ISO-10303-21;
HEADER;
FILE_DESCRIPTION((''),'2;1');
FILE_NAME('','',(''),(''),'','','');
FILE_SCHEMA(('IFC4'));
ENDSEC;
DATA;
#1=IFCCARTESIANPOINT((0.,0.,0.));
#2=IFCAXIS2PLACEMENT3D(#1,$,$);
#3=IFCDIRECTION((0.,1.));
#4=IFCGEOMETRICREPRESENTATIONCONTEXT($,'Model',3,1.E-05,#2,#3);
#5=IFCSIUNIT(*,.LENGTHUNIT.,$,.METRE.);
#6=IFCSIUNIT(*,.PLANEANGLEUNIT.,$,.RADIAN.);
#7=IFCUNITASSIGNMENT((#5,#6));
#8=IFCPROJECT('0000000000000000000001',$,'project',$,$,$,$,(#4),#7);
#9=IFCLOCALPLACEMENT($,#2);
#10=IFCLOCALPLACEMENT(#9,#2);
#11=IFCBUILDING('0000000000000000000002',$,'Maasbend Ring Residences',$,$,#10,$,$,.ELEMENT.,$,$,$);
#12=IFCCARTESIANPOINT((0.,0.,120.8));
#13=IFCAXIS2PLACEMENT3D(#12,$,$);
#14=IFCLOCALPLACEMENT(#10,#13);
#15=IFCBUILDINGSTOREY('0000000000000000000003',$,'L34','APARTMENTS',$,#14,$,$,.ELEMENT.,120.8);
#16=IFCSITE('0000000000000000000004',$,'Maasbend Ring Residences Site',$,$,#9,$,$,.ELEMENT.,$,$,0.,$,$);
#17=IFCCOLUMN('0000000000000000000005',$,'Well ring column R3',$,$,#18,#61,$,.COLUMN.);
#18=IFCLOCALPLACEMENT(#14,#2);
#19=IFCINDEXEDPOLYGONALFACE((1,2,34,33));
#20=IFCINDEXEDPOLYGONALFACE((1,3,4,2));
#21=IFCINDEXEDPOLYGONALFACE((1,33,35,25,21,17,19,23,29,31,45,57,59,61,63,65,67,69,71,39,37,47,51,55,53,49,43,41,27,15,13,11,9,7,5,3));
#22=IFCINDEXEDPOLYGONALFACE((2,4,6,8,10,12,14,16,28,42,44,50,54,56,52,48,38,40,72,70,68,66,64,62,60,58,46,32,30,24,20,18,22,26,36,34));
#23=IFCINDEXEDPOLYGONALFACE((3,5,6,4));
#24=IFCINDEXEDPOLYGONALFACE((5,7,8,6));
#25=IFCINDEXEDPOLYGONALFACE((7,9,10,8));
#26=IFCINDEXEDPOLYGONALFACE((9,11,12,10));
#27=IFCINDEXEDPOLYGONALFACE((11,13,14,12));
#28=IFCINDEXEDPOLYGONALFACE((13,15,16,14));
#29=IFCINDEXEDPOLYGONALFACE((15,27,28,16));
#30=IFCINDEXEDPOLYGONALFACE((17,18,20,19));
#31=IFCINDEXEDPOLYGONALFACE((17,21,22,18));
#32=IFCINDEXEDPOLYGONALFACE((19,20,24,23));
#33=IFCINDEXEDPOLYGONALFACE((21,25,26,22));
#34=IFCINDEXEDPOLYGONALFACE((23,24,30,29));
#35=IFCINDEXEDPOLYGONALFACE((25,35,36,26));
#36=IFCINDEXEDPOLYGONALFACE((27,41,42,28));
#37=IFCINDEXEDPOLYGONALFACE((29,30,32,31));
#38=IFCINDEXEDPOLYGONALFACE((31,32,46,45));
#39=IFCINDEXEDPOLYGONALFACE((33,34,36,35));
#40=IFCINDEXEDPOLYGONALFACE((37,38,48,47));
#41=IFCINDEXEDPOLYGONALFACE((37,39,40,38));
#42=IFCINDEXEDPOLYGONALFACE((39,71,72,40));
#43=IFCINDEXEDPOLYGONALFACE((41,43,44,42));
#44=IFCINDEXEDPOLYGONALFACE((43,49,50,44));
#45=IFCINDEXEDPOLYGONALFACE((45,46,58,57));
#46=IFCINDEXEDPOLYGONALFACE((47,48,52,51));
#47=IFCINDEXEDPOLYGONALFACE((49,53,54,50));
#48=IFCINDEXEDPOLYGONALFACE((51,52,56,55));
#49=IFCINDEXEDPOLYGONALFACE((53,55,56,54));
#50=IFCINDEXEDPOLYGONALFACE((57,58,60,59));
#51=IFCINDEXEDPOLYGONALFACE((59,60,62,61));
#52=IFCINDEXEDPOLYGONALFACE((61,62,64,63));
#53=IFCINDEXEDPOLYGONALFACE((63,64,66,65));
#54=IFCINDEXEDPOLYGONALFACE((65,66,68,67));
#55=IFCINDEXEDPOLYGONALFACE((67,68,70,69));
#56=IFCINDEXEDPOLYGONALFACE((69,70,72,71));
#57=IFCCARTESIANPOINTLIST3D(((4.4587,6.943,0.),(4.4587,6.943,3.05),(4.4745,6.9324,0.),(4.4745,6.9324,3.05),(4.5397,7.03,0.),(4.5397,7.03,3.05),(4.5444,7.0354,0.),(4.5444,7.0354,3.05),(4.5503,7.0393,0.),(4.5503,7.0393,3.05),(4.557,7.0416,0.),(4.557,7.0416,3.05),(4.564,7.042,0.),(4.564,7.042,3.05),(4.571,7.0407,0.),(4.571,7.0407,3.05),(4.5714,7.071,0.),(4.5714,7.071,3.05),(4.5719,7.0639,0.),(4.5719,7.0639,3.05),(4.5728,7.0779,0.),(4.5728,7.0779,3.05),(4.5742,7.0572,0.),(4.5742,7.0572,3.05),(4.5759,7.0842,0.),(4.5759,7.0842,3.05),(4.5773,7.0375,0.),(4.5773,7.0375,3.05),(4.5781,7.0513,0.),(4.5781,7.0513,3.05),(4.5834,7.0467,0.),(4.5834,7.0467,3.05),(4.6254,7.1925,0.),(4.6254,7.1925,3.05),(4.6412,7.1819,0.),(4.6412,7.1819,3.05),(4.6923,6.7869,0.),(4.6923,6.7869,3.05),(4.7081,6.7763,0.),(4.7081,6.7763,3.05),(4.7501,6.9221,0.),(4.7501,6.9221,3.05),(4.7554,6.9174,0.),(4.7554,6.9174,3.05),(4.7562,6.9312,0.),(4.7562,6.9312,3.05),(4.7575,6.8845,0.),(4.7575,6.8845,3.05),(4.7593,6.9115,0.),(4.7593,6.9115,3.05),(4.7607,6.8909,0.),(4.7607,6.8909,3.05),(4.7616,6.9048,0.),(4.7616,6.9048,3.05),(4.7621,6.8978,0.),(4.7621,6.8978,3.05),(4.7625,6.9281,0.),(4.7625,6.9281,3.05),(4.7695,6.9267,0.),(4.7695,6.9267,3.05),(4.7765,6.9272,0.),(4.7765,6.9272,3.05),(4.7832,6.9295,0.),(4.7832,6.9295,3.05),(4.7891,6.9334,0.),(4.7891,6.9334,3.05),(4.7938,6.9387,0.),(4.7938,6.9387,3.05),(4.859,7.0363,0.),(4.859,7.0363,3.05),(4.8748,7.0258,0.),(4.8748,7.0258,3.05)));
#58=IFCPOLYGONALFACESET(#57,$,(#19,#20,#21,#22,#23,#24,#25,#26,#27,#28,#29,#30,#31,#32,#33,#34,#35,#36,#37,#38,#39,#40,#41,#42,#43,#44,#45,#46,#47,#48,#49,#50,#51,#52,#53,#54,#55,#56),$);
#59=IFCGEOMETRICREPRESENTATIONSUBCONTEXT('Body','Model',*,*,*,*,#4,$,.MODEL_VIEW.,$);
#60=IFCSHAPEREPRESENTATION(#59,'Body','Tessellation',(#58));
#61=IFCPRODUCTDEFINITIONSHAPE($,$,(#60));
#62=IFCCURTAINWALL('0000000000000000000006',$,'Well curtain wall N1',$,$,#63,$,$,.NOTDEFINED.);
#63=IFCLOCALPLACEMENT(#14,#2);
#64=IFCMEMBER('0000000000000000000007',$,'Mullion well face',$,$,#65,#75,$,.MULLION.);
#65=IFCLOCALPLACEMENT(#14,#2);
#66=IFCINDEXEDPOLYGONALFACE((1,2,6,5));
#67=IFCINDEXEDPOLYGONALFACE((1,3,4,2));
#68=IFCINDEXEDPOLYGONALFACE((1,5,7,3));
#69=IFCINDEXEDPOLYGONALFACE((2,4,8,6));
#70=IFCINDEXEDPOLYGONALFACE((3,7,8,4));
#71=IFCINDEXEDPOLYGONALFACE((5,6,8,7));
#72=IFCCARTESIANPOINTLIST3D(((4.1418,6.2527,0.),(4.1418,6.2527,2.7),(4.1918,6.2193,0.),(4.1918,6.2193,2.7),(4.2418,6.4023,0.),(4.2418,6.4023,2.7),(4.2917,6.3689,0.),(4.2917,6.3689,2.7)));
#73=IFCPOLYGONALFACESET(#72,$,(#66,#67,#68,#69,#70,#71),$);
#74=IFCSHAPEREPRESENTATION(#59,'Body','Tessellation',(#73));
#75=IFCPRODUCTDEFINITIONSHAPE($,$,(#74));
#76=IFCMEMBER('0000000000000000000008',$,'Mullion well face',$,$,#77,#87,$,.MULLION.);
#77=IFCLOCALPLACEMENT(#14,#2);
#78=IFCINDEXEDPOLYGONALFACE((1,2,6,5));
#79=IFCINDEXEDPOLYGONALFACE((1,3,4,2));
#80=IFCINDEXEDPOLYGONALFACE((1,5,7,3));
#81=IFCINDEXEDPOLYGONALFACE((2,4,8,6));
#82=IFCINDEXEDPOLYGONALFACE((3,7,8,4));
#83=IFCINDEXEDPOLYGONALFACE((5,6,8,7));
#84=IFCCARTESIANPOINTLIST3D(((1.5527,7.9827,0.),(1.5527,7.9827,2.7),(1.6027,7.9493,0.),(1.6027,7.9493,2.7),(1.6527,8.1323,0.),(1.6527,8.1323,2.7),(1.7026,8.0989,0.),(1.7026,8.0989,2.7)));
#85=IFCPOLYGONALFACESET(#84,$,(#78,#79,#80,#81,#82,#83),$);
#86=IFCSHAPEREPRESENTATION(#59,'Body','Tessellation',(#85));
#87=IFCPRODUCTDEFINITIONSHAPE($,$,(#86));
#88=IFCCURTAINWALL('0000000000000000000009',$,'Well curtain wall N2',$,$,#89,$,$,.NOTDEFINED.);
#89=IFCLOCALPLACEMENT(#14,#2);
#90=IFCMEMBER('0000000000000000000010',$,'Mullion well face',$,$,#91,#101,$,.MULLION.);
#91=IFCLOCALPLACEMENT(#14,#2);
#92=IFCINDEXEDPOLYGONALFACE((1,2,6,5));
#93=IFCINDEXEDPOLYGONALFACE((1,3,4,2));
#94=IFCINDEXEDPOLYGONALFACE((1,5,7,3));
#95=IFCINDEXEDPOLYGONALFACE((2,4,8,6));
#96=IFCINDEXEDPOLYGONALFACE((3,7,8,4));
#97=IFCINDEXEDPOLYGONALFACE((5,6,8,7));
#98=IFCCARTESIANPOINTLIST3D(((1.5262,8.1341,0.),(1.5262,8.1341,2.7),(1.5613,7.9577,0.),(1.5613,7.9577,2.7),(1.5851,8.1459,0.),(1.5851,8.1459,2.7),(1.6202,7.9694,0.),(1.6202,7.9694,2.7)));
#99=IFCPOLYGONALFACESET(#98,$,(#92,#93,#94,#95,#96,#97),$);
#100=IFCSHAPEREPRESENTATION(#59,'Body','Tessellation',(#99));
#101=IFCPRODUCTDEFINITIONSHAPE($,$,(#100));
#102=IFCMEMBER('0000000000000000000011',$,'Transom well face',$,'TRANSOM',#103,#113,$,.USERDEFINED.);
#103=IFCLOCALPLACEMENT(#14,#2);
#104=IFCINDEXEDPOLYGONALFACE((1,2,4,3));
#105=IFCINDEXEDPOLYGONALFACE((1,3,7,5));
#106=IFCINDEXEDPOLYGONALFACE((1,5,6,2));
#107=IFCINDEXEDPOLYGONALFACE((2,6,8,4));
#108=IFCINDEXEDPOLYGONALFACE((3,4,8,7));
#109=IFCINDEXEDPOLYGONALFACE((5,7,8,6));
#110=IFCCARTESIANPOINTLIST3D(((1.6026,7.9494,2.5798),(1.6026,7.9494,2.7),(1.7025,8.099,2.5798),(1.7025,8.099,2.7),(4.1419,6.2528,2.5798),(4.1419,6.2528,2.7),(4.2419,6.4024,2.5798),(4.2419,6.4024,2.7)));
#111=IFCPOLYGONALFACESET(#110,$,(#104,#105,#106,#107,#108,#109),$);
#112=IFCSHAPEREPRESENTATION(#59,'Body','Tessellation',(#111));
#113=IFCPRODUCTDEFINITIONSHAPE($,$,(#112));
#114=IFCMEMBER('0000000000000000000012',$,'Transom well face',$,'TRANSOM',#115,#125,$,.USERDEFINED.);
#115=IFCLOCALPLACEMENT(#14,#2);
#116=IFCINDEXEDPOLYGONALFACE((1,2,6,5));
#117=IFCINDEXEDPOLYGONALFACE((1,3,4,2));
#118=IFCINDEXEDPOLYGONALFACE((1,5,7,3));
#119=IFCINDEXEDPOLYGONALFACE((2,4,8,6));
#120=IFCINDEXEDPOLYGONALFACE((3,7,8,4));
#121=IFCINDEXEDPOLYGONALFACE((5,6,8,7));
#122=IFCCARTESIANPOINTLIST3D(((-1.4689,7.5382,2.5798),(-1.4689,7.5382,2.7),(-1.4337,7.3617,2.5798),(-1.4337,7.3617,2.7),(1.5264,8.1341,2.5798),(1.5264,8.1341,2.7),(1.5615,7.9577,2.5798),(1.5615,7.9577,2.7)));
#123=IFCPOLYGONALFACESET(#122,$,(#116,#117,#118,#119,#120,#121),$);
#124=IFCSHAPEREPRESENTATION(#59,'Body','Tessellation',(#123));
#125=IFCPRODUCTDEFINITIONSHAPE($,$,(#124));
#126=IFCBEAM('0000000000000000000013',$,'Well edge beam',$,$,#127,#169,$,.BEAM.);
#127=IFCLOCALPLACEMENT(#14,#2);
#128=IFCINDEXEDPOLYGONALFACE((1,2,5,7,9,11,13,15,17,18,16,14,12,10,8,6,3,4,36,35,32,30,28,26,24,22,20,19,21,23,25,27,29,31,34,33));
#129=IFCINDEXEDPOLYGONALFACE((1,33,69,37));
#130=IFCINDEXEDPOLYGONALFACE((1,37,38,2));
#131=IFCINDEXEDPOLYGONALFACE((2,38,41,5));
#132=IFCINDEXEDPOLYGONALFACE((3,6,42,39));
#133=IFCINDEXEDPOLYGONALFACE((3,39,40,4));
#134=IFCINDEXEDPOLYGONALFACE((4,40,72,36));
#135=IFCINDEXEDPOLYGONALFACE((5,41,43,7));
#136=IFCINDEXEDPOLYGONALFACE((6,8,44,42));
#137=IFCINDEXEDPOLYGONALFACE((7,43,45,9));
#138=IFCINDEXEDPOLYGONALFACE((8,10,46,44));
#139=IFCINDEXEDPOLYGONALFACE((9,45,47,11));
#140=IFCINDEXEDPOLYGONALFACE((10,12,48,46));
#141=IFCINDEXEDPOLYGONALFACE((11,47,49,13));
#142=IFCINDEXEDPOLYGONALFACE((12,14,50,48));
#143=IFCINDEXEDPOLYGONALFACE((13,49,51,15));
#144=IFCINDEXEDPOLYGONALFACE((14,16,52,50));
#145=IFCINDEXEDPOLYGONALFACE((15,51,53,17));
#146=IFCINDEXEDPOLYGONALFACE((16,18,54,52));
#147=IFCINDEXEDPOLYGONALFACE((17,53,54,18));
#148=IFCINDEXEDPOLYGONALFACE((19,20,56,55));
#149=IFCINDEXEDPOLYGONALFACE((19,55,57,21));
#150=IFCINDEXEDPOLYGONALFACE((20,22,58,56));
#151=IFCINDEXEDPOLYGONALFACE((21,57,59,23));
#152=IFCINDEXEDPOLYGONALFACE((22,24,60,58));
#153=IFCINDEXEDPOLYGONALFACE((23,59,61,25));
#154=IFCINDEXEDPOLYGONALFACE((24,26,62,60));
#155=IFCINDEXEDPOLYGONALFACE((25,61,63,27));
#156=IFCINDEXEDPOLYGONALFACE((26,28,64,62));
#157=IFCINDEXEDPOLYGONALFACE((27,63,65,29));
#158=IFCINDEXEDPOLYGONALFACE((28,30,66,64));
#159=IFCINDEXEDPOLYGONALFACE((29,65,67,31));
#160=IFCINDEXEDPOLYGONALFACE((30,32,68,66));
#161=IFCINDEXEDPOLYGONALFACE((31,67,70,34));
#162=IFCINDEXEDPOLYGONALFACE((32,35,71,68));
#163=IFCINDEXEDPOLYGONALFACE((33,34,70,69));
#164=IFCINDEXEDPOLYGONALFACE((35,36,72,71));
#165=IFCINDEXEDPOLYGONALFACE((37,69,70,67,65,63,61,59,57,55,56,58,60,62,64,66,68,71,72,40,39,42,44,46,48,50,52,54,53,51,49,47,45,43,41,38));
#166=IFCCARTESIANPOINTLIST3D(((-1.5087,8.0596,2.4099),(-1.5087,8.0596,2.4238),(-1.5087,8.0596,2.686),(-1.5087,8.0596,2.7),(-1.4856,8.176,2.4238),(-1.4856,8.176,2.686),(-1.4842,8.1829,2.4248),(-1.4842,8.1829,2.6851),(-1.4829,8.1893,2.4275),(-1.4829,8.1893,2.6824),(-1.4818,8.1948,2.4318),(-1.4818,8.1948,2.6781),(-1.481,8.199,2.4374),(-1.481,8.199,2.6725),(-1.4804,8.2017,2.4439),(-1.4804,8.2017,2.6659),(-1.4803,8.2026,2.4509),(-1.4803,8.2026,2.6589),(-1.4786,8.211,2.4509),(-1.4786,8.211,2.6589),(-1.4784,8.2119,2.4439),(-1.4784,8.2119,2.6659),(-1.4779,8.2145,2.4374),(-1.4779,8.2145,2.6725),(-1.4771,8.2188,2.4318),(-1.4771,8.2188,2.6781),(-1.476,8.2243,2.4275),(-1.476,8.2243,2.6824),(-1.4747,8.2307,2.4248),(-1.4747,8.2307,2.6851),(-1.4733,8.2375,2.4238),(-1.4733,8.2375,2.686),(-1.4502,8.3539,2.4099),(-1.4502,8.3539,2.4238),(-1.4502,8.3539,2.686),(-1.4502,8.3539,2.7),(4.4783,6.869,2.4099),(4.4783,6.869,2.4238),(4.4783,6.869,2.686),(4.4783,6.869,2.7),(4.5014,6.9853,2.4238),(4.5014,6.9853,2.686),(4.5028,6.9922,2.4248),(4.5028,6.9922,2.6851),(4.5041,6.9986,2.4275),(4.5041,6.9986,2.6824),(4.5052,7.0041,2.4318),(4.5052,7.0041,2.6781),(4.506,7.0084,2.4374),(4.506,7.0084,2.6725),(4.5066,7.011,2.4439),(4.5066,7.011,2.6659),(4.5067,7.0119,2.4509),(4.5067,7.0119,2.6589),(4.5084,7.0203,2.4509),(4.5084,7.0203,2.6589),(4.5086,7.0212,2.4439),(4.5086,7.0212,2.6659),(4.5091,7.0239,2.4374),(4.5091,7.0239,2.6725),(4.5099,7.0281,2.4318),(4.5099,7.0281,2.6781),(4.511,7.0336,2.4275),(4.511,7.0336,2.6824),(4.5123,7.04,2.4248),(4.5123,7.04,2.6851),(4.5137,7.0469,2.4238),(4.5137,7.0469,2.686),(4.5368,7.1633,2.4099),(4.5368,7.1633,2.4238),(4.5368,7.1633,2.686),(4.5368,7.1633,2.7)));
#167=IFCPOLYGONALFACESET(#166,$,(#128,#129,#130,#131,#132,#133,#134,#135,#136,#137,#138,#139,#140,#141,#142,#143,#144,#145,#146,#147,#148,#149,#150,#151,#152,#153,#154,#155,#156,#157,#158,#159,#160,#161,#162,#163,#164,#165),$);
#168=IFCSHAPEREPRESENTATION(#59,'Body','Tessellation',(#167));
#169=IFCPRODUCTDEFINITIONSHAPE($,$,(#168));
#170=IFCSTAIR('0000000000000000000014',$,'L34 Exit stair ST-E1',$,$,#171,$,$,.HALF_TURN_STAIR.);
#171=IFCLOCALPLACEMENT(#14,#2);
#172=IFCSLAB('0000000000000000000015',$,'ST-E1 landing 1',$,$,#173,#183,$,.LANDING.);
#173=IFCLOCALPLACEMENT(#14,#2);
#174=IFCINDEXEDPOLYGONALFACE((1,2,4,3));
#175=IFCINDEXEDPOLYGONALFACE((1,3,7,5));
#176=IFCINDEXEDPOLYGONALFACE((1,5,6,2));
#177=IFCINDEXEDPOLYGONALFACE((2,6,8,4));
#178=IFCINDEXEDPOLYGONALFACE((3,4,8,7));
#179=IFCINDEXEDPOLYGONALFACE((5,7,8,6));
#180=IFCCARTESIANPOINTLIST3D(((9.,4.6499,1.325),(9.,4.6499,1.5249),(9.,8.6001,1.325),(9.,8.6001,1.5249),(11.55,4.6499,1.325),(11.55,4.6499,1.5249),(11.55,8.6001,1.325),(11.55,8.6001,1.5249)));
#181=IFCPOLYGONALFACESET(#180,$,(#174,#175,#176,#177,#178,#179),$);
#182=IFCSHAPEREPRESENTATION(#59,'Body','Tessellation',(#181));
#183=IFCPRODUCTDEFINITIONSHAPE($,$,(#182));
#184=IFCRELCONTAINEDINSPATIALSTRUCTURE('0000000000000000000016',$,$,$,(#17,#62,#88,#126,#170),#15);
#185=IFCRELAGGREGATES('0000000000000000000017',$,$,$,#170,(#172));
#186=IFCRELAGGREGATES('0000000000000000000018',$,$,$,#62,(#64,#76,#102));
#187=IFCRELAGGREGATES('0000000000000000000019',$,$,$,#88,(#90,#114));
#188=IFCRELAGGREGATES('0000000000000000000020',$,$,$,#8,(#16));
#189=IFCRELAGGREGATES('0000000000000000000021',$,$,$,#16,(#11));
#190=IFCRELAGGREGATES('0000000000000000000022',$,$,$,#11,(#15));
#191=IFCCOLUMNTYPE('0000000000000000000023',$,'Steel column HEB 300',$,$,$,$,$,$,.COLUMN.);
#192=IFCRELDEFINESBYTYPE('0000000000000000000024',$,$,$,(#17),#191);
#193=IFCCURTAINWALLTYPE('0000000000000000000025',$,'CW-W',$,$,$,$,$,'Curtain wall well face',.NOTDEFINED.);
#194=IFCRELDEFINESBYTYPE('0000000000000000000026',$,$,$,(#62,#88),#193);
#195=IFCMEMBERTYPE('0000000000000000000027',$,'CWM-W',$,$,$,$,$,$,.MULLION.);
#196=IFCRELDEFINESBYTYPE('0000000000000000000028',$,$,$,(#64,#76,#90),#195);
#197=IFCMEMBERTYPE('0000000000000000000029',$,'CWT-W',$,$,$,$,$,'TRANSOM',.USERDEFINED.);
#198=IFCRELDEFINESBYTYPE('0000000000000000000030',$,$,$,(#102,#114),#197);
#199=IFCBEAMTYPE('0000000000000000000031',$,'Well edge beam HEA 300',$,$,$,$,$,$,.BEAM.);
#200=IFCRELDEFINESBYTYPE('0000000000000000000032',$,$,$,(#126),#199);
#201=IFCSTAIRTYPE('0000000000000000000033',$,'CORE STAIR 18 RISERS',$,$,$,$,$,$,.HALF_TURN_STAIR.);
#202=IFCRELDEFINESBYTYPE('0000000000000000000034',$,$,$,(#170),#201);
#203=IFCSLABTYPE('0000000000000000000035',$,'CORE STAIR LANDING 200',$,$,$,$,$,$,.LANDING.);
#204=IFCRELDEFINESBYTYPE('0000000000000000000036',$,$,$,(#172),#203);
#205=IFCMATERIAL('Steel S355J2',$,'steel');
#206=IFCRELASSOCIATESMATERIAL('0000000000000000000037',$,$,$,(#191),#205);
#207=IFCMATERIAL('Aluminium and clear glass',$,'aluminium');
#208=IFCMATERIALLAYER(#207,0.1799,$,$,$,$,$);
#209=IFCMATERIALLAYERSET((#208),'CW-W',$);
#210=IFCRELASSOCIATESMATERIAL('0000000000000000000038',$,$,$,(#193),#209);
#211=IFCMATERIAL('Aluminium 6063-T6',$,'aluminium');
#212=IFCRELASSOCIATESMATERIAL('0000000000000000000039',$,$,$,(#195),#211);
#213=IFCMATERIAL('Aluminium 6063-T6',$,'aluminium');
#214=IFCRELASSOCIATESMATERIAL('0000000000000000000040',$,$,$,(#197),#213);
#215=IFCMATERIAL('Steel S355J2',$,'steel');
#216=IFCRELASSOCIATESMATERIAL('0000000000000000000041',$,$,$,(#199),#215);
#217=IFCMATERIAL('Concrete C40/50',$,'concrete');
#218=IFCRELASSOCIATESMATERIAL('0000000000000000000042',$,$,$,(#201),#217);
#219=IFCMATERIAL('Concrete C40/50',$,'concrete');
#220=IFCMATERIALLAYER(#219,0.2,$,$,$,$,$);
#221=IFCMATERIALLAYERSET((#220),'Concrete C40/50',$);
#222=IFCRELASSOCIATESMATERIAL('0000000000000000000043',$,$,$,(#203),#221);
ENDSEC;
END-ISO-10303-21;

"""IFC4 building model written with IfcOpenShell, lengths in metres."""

from ifc_helpers import new_model, si_unit, direction, frame, origin, origin_2d, place, context, subcontext, project, spatial, polyline, rectangle, i_section, outline, extrude, material, layer, layer_set, material_profile, profile_set, type_object, element, aggregate, save


model = new_model("IFC4")

# Units and contexts
model_context = context("Model", 3, precision=1e-05, world=origin(), true_north=direction((0.0, 1.0)))
body_context = subcontext(model_context, "Body", "Model", "MODEL_VIEW")
ifc_project = project(units=[si_unit("LENGTHUNIT", "METRE"), si_unit("PLANEANGLEUNIT", "RADIAN")], contexts=[model_context])

# Site, building, storey
site_placement = place(None, origin())
site = spatial("IfcSite", under=ifc_project, at=site_placement, Name="Maasbend Ring Residences Site", CompositionType="ELEMENT", RefElevation=0.0)
building_placement = place(site_placement, origin())
building = spatial("IfcBuilding", under=site, at=building_placement, Name="Maasbend Ring Residences", CompositionType="ELEMENT")
storey_placement = place(building_placement, frame((0.0, 0.0, 120.8)))
storey = spatial("IfcBuildingStorey", under=building, at=storey_placement, Name="L34", Description="APARTMENTS", CompositionType="ELEMENT", Elevation=120.8)

# Column
ifc_material_1 = material(Name="Steel S355J2", Category="steel")
ifc_material_profile_1 = material_profile(ifc_material_1, i_section(OverallWidth=0.3, OverallDepth=0.3, WebThickness=0.011, FlangeThickness=0.019, FilletRadius=0.0271, at=origin_2d()), Name="HEB 300")
ifc_profile_set_1 = profile_set([ifc_material_profile_1], Name="Steel S355J2")
column_type = type_object("IfcColumnType", Name="Steel column HEB 300", PredefinedType="COLUMN", material=ifc_profile_set_1)
column_placement = place(storey_placement, frame((4.6667, 6.9844, 0.0), z_axis=(0.0, 0.0, 1.0), x_axis=(0.55557, 0.83147, 0.0)))
element("IfcColumn", 1, at=column_placement, inside=storey, type_object=column_type, Name="Well ring column R3", PredefinedType="COLUMN", context=body_context, shape_type="SweptSolid", body=[
    extrude(i_section(OverallWidth=0.3, OverallDepth=0.3, WebThickness=0.011, FlangeThickness=0.019, FilletRadius=0.0271, at=origin_2d()), origin(), (0.0, 0.0, 1.0), 3.05),
])

# Curtain wall, members
ifc_material_2 = material(Name="Aluminium and clear glass", Category="aluminium")
ifc_layer_1 = layer(ifc_material_2, 0.1799)
ifc_layer_set_1 = layer_set([ifc_layer_1], Name="CW-W")
curtain_wall_type = type_object("IfcCurtainWallType", Name="CW-W", ElementType="Curtain wall well face", PredefinedType="NOTDEFINED", material=ifc_layer_set_1)
curtain_wall_1_placement = place(storey_placement, origin())
curtain_wall_1 = element("IfcCurtainWall", 2, at=curtain_wall_1_placement, inside=storey, type_object=curtain_wall_type, Name="Well curtain wall N1", PredefinedType="NOTDEFINED")
ifc_material_3 = material(Name="Aluminium 6063-T6", Category="aluminium")
ifc_material_profile_2 = material_profile(ifc_material_3, rectangle(XDim=0.1799, YDim=0.0601, at=origin_2d()), Name="AL 180x60")
ifc_profile_set_2 = profile_set([ifc_material_profile_2], Name="Aluminium 6063-T6")
member_type_1 = type_object("IfcMemberType", Name="CWM-W", PredefinedType="MULLION", material=ifc_profile_set_2)
member_1_placement = place(storey_placement, frame((4.2168, 6.3108, 0.0), z_axis=(0.0, 0.0, 1.0), x_axis=(-0.55557, -0.83147, 0.0)))
member_1 = element("IfcMember", 3, at=member_1_placement, type_object=member_type_1, Name="Mullion well face", PredefinedType="MULLION", context=body_context, shape_type="SweptSolid", body=[
    extrude(rectangle(XDim=0.1799, YDim=0.0601, at=origin_2d()), origin(), (0.0, 0.0, 1.0), 2.7),
])
member_2_placement = place(storey_placement, frame((1.6277, 8.0408, 0.0), z_axis=(0.0, 0.0, 1.0), x_axis=(-0.55557, -0.83147, 0.0)))
member_2 = element("IfcMember", 4, at=member_2_placement, type_object=member_type_1, Name="Mullion well face", PredefinedType="MULLION", context=body_context, shape_type="SweptSolid", body=[
    extrude(rectangle(XDim=0.1799, YDim=0.0601, at=origin_2d()), origin(), (0.0, 0.0, 1.0), 2.7),
])

# Curtain wall, member
curtain_wall_2_placement = place(storey_placement, origin())
curtain_wall_2 = element("IfcCurtainWall", 5, at=curtain_wall_2_placement, inside=storey, type_object=curtain_wall_type, Name="Well curtain wall N2", PredefinedType="NOTDEFINED")
member_3_placement = place(storey_placement, frame((1.5732, 8.0518, 0.0), z_axis=(0.0, 0.0, 1.0), x_axis=(0.19509, -0.980785, 0.0)))
member_3 = element("IfcMember", 6, at=member_3_placement, type_object=member_type_1, Name="Mullion well face", PredefinedType="MULLION", context=body_context, shape_type="SweptSolid", body=[
    extrude(rectangle(XDim=0.1799, YDim=0.0601, at=origin_2d()), origin(), (0.0, 0.0, 1.0), 2.7),
])

# Members
ifc_material_4 = material(Name="Aluminium 6063-T6", Category="aluminium")
ifc_material_profile_3 = material_profile(ifc_material_4, rectangle(XDim=0.1799, YDim=0.1201, at=origin_2d()), Name="AL 180x120")
ifc_profile_set_3 = profile_set([ifc_material_profile_3], Name="Aluminium 6063-T6")
member_type_2 = type_object("IfcMemberType", Name="CWT-W", ElementType="TRANSOM", PredefinedType="USERDEFINED", material=ifc_profile_set_3)
member_4_placement = place(storey_placement, frame((4.1919, 6.3276, 2.6399), z_axis=(-0.831496, 0.55553, 0.0), x_axis=(-0.55553, -0.831496, 0.0)))
member_4 = element("IfcMember", 7, at=member_4_placement, type_object=member_type_2, Name="Transom well face", ObjectType="TRANSOM", PredefinedType="USERDEFINED", context=body_context, shape_type="SweptSolid", body=[
    extrude(rectangle(XDim=0.1799, YDim=0.1201, at=origin_2d()), origin(), (0.0, 0.0, 1.0), 3.054),
])
member_5_placement = place(storey_placement, frame((1.5439, 8.0459, 2.6399), z_axis=(-0.980777, -0.195132, 0.0), x_axis=(0.195132, -0.980777, 0.0)))
member_5 = element("IfcMember", 8, at=member_5_placement, type_object=member_type_2, Name="Transom well face", ObjectType="TRANSOM", PredefinedType="USERDEFINED", context=body_context, shape_type="SweptSolid", body=[
    extrude(rectangle(XDim=0.1799, YDim=0.1201, at=origin_2d()), origin(), (0.0, 0.0, 1.0), 3.054),
])

# Beam
ifc_material_5 = material(Name="Steel S355J2", Category="steel")
ifc_material_profile_4 = material_profile(ifc_material_5, i_section(OverallWidth=0.3, OverallDepth=0.29, WebThickness=0.0085, FlangeThickness=0.0139, FilletRadius=0.0271, at=origin_2d()), Name="HEA 300")
ifc_profile_set_4 = profile_set([ifc_material_profile_4], Name="Steel S355J2")
beam_type = type_object("IfcBeamType", Name="Well edge beam HEA 300", PredefinedType="BEAM", material=ifc_profile_set_4)
beam_placement = place(storey_placement, frame((4.5076, 7.0161, 2.5549), z_axis=(-0.980792, 0.195055, 0.0), x_axis=(-0.195055, -0.980792, 0.0)))
element("IfcBeam", 9, at=beam_placement, inside=storey, type_object=beam_type, Name="Well edge beam", PredefinedType="BEAM", context=body_context, shape_type="SweptSolid", body=[
    extrude(i_section(OverallWidth=0.3, OverallDepth=0.29, WebThickness=0.0085, FlangeThickness=0.0139, FilletRadius=0.0271, at=origin_2d()), origin(), (0.0, 0.0, 1.0), 6.1042),
])

# Stair, slab
ifc_material_6 = material(Name="Concrete C40/50", Category="concrete")
stair_type = type_object("IfcStairType", Name="CORE STAIR 18 RISERS", PredefinedType="HALF_TURN_STAIR", material=ifc_material_6)
stair_1_placement = place(storey_placement, origin())
stair_1 = element("IfcStair", 10, at=stair_1_placement, inside=storey, type_object=stair_type, Name="L34 Exit stair ST-E1", PredefinedType="HALF_TURN_STAIR")
ifc_material_7 = material(Name="Concrete C40/50", Category="concrete")
ifc_layer_2 = layer(ifc_material_7, 0.2)
ifc_layer_set_2 = layer_set([ifc_layer_2], Name="Concrete C40/50")
slab_type = type_object("IfcSlabType", Name="CORE STAIR LANDING 200", PredefinedType="LANDING", material=ifc_layer_set_2)
slab_1_placement = place(storey_placement, frame((0.0, 0.0, 1.325)))
slab_1 = element("IfcSlab", 11, at=slab_1_placement, type_object=slab_type, Name="ST-E1 landing 1", PredefinedType="LANDING", context=body_context, shape_type="SweptSolid", body=[
    extrude(outline(polyline([(11.55, 8.6001), (9.0, 8.6001), (9.0, 4.6499), (11.55, 4.6499), (11.55, 8.6001)])), origin(), (0.0, 0.0, 1.0), 0.2),
])
aggregate(stair_1, [slab_1])

aggregate(curtain_wall_1, [member_1, member_2, member_4])
aggregate(curtain_wall_2, [member_3, member_5])

save(model, "model.ifc")
